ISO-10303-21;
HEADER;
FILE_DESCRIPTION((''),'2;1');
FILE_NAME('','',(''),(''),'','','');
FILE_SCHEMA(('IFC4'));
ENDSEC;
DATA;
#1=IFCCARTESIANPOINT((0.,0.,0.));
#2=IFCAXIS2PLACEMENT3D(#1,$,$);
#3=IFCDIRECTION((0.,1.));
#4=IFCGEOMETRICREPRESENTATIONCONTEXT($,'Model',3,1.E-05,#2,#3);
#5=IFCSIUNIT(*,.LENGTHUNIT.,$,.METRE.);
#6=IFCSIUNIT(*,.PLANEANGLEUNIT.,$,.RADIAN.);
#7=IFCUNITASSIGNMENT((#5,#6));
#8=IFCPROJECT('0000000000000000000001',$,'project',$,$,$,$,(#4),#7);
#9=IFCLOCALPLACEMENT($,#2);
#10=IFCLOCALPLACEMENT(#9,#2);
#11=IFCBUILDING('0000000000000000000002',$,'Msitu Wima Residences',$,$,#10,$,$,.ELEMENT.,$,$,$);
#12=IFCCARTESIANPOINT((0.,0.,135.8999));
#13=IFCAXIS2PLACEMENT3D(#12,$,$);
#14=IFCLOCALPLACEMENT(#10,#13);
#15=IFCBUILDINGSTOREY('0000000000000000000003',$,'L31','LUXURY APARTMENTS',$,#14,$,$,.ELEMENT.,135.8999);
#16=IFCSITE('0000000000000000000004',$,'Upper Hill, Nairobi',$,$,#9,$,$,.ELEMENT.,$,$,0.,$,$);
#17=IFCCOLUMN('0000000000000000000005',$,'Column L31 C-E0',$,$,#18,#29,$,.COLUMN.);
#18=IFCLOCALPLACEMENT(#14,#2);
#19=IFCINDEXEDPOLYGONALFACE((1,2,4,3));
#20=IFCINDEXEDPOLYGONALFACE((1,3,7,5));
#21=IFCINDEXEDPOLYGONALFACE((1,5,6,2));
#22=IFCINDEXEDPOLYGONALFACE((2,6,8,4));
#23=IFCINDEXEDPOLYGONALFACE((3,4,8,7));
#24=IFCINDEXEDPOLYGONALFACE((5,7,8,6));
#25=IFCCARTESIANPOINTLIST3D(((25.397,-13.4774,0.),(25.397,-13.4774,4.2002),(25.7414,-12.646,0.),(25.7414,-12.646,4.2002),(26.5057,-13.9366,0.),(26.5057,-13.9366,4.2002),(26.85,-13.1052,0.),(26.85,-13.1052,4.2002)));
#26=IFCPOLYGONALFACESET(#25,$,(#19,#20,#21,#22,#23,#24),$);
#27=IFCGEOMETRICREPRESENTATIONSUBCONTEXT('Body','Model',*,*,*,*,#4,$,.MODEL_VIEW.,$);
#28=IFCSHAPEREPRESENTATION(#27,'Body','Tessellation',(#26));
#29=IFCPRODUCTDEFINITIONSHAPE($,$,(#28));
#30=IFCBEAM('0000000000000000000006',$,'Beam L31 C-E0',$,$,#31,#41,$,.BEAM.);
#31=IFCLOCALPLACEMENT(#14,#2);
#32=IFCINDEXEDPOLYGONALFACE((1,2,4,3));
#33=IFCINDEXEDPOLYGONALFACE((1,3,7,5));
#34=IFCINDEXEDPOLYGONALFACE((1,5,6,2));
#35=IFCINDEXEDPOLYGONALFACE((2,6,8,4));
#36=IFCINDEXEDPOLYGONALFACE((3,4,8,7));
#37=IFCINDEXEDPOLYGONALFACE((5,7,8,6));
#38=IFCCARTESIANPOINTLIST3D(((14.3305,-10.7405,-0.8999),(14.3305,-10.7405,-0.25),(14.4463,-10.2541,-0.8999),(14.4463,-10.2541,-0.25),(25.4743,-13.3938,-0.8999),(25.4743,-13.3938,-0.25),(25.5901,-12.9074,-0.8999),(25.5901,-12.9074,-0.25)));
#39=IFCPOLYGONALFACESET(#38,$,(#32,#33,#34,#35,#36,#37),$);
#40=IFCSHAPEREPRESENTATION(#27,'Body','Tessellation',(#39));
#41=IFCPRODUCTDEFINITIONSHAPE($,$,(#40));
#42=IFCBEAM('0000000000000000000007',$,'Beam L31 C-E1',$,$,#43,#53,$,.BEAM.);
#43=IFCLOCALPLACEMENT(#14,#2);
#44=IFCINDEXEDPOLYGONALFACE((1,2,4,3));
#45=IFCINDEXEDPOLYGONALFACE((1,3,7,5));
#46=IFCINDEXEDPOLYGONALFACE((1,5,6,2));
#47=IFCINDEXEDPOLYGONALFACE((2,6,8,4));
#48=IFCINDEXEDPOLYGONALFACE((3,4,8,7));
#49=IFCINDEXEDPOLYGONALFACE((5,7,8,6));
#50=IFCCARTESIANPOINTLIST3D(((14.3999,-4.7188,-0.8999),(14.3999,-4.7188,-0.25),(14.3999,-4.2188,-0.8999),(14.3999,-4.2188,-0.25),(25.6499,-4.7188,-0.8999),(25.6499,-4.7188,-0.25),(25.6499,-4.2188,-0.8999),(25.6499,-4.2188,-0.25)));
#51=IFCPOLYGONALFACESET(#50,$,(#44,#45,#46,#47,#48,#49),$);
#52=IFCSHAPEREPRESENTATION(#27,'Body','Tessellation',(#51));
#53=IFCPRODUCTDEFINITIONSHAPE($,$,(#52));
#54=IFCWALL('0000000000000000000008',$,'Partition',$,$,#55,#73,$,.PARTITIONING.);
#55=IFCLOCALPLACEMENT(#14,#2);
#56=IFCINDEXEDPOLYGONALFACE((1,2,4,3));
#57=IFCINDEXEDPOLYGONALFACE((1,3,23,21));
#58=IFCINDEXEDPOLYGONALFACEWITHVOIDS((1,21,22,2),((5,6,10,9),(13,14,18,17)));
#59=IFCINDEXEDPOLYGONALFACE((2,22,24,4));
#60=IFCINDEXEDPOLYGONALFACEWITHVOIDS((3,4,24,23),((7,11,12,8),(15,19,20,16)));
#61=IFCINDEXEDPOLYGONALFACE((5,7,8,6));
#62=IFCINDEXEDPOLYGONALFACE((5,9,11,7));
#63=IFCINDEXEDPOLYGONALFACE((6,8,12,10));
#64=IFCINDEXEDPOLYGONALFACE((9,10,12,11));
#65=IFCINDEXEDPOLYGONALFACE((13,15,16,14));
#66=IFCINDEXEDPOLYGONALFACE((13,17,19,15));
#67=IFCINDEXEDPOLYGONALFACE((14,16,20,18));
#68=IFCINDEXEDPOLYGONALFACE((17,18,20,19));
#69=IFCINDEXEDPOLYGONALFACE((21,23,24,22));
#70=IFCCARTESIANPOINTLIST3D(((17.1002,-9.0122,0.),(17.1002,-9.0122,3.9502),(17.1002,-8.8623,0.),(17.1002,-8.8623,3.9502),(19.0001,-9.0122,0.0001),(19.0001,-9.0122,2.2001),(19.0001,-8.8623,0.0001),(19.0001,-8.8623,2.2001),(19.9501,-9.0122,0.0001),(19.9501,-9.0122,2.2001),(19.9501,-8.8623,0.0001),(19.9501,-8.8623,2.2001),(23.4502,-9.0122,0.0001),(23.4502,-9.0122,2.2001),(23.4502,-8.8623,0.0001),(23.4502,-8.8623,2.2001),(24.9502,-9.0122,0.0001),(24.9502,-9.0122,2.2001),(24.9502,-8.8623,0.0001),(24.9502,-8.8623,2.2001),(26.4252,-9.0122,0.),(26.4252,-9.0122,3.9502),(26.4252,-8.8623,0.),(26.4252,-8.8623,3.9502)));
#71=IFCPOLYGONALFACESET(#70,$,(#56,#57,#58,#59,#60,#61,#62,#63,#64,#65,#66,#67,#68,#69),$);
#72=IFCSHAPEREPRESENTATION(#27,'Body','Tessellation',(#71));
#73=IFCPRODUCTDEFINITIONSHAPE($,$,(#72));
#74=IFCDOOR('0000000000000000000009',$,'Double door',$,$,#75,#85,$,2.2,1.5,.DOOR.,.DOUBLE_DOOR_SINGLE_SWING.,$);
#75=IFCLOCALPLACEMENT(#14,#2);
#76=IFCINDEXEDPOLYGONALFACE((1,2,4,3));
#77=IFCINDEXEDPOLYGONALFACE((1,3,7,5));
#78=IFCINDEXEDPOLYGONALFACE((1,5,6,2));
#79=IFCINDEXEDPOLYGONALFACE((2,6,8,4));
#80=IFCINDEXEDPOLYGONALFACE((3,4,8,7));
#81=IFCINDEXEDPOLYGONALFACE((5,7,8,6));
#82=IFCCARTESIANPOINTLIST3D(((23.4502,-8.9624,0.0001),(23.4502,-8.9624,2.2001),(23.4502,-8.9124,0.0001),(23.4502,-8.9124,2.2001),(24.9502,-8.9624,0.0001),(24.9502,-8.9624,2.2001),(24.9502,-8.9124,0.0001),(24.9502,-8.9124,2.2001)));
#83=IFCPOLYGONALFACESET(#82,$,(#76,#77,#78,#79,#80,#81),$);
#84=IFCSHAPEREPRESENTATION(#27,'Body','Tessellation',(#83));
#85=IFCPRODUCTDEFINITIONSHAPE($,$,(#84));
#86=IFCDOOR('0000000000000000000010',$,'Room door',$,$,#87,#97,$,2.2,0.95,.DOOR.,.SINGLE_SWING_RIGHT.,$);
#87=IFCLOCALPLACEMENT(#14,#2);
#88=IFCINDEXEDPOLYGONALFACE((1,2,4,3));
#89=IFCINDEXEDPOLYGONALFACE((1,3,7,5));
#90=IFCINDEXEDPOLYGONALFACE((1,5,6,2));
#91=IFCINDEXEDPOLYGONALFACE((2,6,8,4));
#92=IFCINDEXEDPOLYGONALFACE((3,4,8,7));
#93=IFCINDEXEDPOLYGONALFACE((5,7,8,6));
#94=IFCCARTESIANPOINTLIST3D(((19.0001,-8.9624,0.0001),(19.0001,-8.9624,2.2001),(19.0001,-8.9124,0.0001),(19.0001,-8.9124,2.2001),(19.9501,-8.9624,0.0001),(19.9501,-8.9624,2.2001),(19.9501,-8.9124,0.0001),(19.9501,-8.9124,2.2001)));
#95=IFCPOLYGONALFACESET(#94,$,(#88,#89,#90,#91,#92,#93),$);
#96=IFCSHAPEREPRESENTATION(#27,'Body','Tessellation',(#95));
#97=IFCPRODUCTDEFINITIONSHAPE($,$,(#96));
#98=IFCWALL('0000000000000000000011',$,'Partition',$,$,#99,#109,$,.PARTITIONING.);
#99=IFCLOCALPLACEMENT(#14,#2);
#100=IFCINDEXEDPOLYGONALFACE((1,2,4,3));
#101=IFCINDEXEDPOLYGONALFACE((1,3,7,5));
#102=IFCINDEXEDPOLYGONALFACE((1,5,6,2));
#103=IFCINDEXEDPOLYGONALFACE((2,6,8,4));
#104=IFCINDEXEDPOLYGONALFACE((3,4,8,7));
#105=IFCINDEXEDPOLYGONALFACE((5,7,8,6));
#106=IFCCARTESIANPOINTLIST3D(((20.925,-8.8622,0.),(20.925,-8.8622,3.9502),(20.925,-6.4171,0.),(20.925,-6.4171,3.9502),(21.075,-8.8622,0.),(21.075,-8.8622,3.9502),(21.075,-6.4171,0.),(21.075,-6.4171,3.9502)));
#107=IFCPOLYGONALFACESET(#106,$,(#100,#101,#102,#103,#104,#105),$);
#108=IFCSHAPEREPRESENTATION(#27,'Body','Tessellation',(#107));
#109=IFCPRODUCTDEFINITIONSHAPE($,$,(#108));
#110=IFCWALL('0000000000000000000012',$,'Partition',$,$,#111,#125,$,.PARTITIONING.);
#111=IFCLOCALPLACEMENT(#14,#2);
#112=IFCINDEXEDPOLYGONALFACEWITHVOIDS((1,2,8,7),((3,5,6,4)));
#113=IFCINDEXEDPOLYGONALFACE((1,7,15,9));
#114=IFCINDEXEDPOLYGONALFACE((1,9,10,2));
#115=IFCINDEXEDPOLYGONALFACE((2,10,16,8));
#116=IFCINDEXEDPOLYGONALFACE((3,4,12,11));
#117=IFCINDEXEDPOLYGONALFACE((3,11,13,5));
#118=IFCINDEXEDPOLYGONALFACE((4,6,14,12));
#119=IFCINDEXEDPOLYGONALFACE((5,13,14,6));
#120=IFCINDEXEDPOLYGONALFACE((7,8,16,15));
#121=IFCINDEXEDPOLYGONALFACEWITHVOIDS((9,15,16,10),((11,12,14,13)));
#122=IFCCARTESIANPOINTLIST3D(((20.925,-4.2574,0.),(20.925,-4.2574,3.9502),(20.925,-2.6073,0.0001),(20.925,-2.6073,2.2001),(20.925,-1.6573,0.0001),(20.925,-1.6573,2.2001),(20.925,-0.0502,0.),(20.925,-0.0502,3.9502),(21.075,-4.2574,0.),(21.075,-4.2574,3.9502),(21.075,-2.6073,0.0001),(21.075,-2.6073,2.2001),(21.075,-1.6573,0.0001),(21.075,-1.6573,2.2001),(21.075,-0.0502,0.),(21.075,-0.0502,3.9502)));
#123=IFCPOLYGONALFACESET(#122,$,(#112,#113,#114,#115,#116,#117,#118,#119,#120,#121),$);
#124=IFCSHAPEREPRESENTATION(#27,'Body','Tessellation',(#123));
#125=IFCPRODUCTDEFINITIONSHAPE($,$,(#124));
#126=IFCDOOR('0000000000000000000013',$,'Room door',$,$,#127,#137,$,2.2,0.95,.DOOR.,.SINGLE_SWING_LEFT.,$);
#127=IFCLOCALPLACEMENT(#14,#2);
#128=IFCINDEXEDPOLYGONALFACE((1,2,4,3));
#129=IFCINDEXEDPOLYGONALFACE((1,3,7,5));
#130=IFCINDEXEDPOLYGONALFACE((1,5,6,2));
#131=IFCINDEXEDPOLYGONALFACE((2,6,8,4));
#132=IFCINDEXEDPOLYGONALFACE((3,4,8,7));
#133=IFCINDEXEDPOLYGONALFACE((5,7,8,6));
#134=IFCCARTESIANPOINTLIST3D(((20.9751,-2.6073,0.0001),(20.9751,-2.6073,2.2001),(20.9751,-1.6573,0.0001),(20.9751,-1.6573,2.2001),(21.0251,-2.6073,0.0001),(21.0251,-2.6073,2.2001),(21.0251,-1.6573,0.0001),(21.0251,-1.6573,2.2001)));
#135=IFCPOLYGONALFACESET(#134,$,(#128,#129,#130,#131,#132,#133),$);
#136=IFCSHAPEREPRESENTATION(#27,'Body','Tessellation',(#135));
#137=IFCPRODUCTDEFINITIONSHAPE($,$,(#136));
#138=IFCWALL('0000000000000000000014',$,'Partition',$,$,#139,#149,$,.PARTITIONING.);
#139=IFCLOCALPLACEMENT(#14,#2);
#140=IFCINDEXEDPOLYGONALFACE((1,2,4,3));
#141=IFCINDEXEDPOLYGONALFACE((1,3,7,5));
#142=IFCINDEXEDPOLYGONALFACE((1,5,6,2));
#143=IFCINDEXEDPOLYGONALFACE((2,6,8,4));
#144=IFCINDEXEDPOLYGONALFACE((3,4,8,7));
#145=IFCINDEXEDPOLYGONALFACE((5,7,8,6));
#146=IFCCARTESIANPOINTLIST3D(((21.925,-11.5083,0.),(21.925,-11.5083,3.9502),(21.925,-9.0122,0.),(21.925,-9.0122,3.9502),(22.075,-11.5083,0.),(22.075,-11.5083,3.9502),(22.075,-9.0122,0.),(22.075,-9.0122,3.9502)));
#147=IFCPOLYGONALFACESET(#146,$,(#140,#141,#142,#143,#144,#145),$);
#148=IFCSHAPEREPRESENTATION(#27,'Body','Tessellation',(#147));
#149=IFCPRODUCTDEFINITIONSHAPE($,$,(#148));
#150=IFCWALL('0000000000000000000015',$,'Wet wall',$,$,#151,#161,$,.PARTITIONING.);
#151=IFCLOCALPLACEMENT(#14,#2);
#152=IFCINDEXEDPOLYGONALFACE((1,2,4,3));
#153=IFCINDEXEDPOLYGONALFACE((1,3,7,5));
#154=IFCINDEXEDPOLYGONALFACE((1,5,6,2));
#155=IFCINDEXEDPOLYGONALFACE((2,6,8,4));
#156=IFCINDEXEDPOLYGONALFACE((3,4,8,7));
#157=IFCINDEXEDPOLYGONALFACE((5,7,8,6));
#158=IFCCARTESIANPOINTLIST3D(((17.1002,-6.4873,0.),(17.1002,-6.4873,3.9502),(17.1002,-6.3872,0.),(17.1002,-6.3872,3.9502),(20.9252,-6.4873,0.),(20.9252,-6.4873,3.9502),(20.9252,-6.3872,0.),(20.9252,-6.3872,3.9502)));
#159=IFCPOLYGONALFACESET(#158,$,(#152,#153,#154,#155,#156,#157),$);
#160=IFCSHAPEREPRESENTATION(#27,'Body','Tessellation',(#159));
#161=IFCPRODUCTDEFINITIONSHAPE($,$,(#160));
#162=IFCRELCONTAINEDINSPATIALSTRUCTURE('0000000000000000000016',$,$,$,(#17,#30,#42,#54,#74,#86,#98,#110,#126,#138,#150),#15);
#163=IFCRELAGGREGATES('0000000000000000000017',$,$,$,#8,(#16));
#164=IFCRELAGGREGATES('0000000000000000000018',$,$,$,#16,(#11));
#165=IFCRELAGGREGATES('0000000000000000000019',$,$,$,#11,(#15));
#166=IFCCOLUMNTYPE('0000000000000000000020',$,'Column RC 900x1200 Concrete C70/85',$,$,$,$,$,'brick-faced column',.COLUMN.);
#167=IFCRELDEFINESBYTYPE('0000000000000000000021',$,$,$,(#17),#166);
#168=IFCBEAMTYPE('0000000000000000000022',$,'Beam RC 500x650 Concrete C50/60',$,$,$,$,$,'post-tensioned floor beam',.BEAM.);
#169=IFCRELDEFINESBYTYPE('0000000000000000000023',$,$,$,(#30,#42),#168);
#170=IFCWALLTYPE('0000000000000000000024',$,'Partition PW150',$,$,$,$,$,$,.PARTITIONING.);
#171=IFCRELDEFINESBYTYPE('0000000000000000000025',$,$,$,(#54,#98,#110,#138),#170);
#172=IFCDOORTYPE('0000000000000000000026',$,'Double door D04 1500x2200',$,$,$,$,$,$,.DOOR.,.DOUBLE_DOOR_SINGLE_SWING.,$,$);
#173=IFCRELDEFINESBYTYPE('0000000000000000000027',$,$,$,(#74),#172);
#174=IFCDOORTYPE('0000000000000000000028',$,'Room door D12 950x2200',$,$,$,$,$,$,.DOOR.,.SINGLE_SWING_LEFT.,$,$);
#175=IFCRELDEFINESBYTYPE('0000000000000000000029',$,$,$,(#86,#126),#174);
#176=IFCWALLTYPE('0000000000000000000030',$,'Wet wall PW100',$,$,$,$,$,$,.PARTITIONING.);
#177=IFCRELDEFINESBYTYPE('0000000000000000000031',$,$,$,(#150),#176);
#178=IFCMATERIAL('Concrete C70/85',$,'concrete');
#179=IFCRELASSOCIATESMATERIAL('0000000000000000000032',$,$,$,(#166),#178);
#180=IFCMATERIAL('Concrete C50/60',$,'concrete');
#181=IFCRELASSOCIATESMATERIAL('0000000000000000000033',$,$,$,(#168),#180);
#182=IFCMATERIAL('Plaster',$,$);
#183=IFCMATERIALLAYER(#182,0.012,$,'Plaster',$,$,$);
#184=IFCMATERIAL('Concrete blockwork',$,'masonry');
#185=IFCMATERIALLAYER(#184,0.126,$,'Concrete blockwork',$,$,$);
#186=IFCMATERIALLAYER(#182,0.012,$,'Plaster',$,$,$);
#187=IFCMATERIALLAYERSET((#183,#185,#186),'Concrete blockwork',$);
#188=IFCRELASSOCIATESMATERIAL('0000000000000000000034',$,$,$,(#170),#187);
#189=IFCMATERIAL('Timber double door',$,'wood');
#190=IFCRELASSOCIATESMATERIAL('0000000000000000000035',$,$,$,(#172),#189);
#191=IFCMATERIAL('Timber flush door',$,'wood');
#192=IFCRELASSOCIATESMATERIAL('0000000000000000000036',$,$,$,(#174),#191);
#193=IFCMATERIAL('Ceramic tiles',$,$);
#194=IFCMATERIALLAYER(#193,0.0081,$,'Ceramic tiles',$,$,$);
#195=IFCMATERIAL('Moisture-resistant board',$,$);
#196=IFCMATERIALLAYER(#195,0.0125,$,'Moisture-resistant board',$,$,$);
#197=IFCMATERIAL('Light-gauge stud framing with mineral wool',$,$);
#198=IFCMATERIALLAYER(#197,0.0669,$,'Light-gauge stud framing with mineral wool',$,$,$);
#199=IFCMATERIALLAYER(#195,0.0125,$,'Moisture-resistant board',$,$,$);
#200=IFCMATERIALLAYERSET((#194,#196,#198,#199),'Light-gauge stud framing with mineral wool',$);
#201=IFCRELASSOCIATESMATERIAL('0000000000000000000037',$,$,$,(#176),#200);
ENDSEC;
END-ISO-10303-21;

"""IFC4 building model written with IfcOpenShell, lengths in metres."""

from ifc_helpers import new_model, si_unit, direction, frame, frame_2d, origin, origin_2d, place, context, subcontext, project, spatial, rectangle, extrude, material, layer, layer_set, material_profile, profile_set, type_object, element, fill, save


model = new_model("IFC4")

# Units and contexts
model_context = context("Model", 3, precision=1e-05, world=origin(), true_north=direction((0.0, 1.0)))
body_context = subcontext(model_context, "Body", "Model", "MODEL_VIEW")
ifc_project = project(units=[si_unit("LENGTHUNIT", "METRE"), si_unit("PLANEANGLEUNIT", "RADIAN")], contexts=[model_context])

# Site, building, storey
site_placement = place(None, origin())
site = spatial("IfcSite", under=ifc_project, at=site_placement, Name="Upper Hill, Nairobi", CompositionType="ELEMENT", RefElevation=0.0)
building_placement = place(site_placement, origin())
building = spatial("IfcBuilding", under=site, at=building_placement, Name="Msitu Wima Residences", CompositionType="ELEMENT")
storey_placement = place(building_placement, frame((0.0, 0.0, 135.8999)))
storey = spatial("IfcBuildingStorey", under=building, at=storey_placement, Name="L31", Description="LUXURY APARTMENTS", CompositionType="ELEMENT", Elevation=135.8999)

# Column
ifc_material_1 = material(Name="Concrete C70/85", Category="concrete")
ifc_material_profile_1 = material_profile(ifc_material_1, rectangle(XDim=0.8999, YDim=1.2, at=origin_2d()), Name="RC 900x1200")
ifc_profile_set_1 = profile_set([ifc_material_profile_1], Name="Concrete C70/85")
column_type = type_object("IfcColumnType", Name="Column RC 900x1200 Concrete C70/85", ElementType="brick-faced column", PredefinedType="COLUMN", material=ifc_profile_set_1)
column_placement = place(storey_placement, frame((26.1235, -13.2913, 0.0), z_axis=(0.0, 0.0, 1.0), x_axis=(0.382683, 0.92388, 0.0)))
element("IfcColumn", 1, at=column_placement, inside=storey, type_object=column_type, Name="Column L31 C-E0", PredefinedType="COLUMN", context=body_context, shape_type="SweptSolid", body=[
    extrude(rectangle(XDim=0.8999, YDim=1.2, at=origin_2d()), origin(), (0.0, 0.0, 1.0), 4.2002),
])

# Beams
ifc_material_2 = material(Name="Concrete C50/60", Category="concrete")
ifc_material_profile_2 = material_profile(ifc_material_2, rectangle(XDim=0.5, YDim=0.6499, at=origin_2d()), Name="RC 500x650")
ifc_profile_set_2 = profile_set([ifc_material_profile_2], Name="Concrete C50/60")
beam_type = type_object("IfcBeamType", Name="Beam RC 500x650 Concrete C50/60", ElementType="post-tensioned floor beam", PredefinedType="BEAM", material=ifc_profile_set_2)
beam_1_placement = place(storey_placement, frame((25.5322, -13.1506, -0.575), z_axis=(-0.972806, 0.231623, 0.0), x_axis=(-0.231623, -0.972806, 0.0)))
element("IfcBeam", 2, at=beam_1_placement, inside=storey, type_object=beam_type, Name="Beam L31 C-E0", PredefinedType="BEAM", context=body_context, shape_type="SweptSolid", body=[
    extrude(rectangle(XDim=0.5, YDim=0.6499, at=origin_2d()), origin(), (0.0, 0.0, 1.0), 11.4553),
])
beam_2_placement = place(storey_placement, frame((25.6499, -4.4688, -0.575), z_axis=(-1.0, 0.0, 0.0), x_axis=(0.0, -1.0, 0.0)))
element("IfcBeam", 3, at=beam_2_placement, inside=storey, type_object=beam_type, Name="Beam L31 C-E1", PredefinedType="BEAM", context=body_context, shape_type="SweptSolid", body=[
    extrude(rectangle(XDim=0.5, YDim=0.6499, at=origin_2d()), origin(), (0.0, 0.0, 1.0), 11.25),
])

# Wall, openings, doors
ifc_material_3 = material(Name="Plaster")
ifc_layer_1 = layer(ifc_material_3, 0.012, Name="Plaster")
ifc_material_4 = material(Name="Concrete blockwork", Category="masonry")
ifc_layer_2 = layer(ifc_material_4, 0.126, Name="Concrete blockwork")
ifc_layer_3 = layer(ifc_material_3, 0.012, Name="Plaster")
ifc_layer_set_1 = layer_set([ifc_layer_1, ifc_layer_2, ifc_layer_3], Name="Concrete blockwork")
wall_type_1 = type_object("IfcWallType", Name="Partition PW150", PredefinedType="PARTITIONING", material=ifc_layer_set_1)
wall_1_placement = place(storey_placement, frame((17.1001, -8.9373, 0.0), z_axis=(0.0, 0.0, 1.0), x_axis=(1.0, 0.0, 0.0)))
wall_1 = element("IfcWall", 4, at=wall_1_placement, inside=storey, type_object=wall_type_1, Name="Partition", PredefinedType="PARTITIONING", context=body_context, shape_type="SweptSolid", body=[
    extrude(rectangle(XDim=9.325, YDim=0.1499, at=frame_2d((4.6626, 0.0))), origin(), (0.0, 0.0, 1.0), 3.9502),
])
opening_1_placement = place(wall_1_placement, frame((6.3501, 0.0, 0.0)))
opening_1 = element("IfcOpeningElement", 5, at=opening_1_placement, cuts=wall_1, PredefinedType="OPENING", context=body_context, shape_type="SweptSolid", body=[
    extrude(rectangle(XDim=1.5, YDim=2.2, at=frame_2d((0.75, 1.1001))), frame((0.0, 0.085, 0.0), z_axis=(0.0, -1.0, 0.0), x_axis=(1.0, 0.0, 0.0)), (0.0, 0.0, 1.0), 0.1699),
])
opening_2_placement = place(wall_1_placement, frame((1.8999, 0.0, 0.0)))
opening_2 = element("IfcOpeningElement", 6, at=opening_2_placement, cuts=wall_1, PredefinedType="OPENING", context=body_context, shape_type="SweptSolid", body=[
    extrude(rectangle(XDim=0.95, YDim=2.2, at=frame_2d((0.4751, 1.1001))), frame((0.0, 0.085, 0.0), z_axis=(0.0, -1.0, 0.0), x_axis=(1.0, 0.0, 0.0)), (0.0, 0.0, 1.0), 0.1699),
])
ifc_material_5 = material(Name="Timber double door", Category="wood")
door_type_1 = type_object("IfcDoorType", Name="Double door D04 1500x2200", OperationType="DOUBLE_DOOR_SINGLE_SWING", PredefinedType="DOOR", material=ifc_material_5)
door_1_placement = place(opening_1_placement, origin())
door_1 = element("IfcDoor", 7, at=door_1_placement, inside=storey, type_object=door_type_1, Name="Double door", OperationType="DOUBLE_DOOR_SINGLE_SWING", OverallHeight=2.2, OverallWidth=1.5, PredefinedType="DOOR", context=body_context, shape_type="SweptSolid", body=[
    extrude(rectangle(XDim=1.5, YDim=2.2, at=frame_2d((0.75, 1.1001))), frame((0.0, 0.0249, 0.0), z_axis=(0.0, -1.0, 0.0), x_axis=(1.0, 0.0, 0.0)), (0.0, 0.0, 1.0), 0.05),
])
fill(opening_1, door_1)
ifc_material_6 = material(Name="Timber flush door", Category="wood")
door_type_2 = type_object("IfcDoorType", Name="Room door D12 950x2200", OperationType="SINGLE_SWING_LEFT", PredefinedType="DOOR", material=ifc_material_6)
door_2_placement = place(opening_2_placement, origin())
door_2 = element("IfcDoor", 8, at=door_2_placement, inside=storey, type_object=door_type_2, Name="Room door", OperationType="SINGLE_SWING_RIGHT", OverallHeight=2.2, OverallWidth=0.95, PredefinedType="DOOR", context=body_context, shape_type="SweptSolid", body=[
    extrude(rectangle(XDim=0.95, YDim=2.2, at=frame_2d((0.4751, 1.1001))), frame((0.0, 0.0249, 0.0), z_axis=(0.0, -1.0, 0.0), x_axis=(1.0, 0.0, 0.0)), (0.0, 0.0, 1.0), 0.05),
])
fill(opening_2, door_2)

# Wall
wall_2_placement = place(storey_placement, frame((21.0, -8.8623, 0.0), z_axis=(0.0, 0.0, 1.0), x_axis=(0.0, 1.0, 0.0)))
element("IfcWall", 9, at=wall_2_placement, inside=storey, type_object=wall_type_1, Name="Partition", PredefinedType="PARTITIONING", context=body_context, shape_type="SweptSolid", body=[
    extrude(rectangle(XDim=2.4451, YDim=0.1499, at=frame_2d((1.2227, 0.0))), origin(), (0.0, 0.0, 1.0), 3.9502),
])

# Wall, opening, door
wall_3_placement = place(storey_placement, frame((21.0, -4.2573, 0.0), z_axis=(0.0, 0.0, 1.0), x_axis=(0.0, 1.0, 0.0)))
wall_3 = element("IfcWall", 10, at=wall_3_placement, inside=storey, type_object=wall_type_1, Name="Partition", PredefinedType="PARTITIONING", context=body_context, shape_type="SweptSolid", body=[
    extrude(rectangle(XDim=4.2073, YDim=0.1499, at=frame_2d((2.1035, 0.0))), origin(), (0.0, 0.0, 1.0), 3.9502),
])
opening_3_placement = place(wall_3_placement, frame((1.6499, 0.0, 0.0)))
opening_3 = element("IfcOpeningElement", 11, at=opening_3_placement, cuts=wall_3, PredefinedType="OPENING", context=body_context, shape_type="SweptSolid", body=[
    extrude(rectangle(XDim=0.95, YDim=2.2, at=frame_2d((0.4751, 1.1001))), frame((0.0, 0.085, 0.0), z_axis=(0.0, -1.0, 0.0), x_axis=(1.0, 0.0, 0.0)), (0.0, 0.0, 1.0), 0.1699),
])
door_3_placement = place(opening_3_placement, origin())
door_3 = element("IfcDoor", 12, at=door_3_placement, inside=storey, type_object=door_type_2, Name="Room door", OperationType="SINGLE_SWING_LEFT", OverallHeight=2.2, OverallWidth=0.95, PredefinedType="DOOR", context=body_context, shape_type="SweptSolid", body=[
    extrude(rectangle(XDim=0.95, YDim=2.2, at=frame_2d((0.4751, 1.1001))), frame((0.0, 0.0249, 0.0), z_axis=(0.0, -1.0, 0.0), x_axis=(1.0, 0.0, 0.0)), (0.0, 0.0, 1.0), 0.05),
])
fill(opening_3, door_3)

# Walls
wall_4_placement = place(storey_placement, frame((22.0, -11.5083, 0.0), z_axis=(0.0, 0.0, 1.0), x_axis=(0.0, 1.0, 0.0)))
element("IfcWall", 13, at=wall_4_placement, inside=storey, type_object=wall_type_1, Name="Partition", PredefinedType="PARTITIONING", context=body_context, shape_type="SweptSolid", body=[
    extrude(rectangle(XDim=2.4961, YDim=0.1499, at=frame_2d((1.248, 0.0))), origin(), (0.0, 0.0, 1.0), 3.9502),
])
ifc_material_7 = material(Name="Ceramic tiles")
ifc_layer_4 = layer(ifc_material_7, 0.0081, Name="Ceramic tiles")
ifc_material_8 = material(Name="Moisture-resistant board")
ifc_layer_5 = layer(ifc_material_8, 0.0125, Name="Moisture-resistant board")
ifc_material_9 = material(Name="Light-gauge stud framing with mineral wool")
ifc_layer_6 = layer(ifc_material_9, 0.0669, Name="Light-gauge stud framing with mineral wool")
ifc_layer_7 = layer(ifc_material_8, 0.0125, Name="Moisture-resistant board")
ifc_layer_set_2 = layer_set([ifc_layer_4, ifc_layer_5, ifc_layer_6, ifc_layer_7], Name="Light-gauge stud framing with mineral wool")
wall_type_2 = type_object("IfcWallType", Name="Wet wall PW100", PredefinedType="PARTITIONING", material=ifc_layer_set_2)
wall_5_placement = place(storey_placement, frame((17.1001, -6.4373, 0.0), z_axis=(0.0, 0.0, 1.0), x_axis=(1.0, 0.0, 0.0)))
element("IfcWall", 14, at=wall_5_placement, inside=storey, type_object=wall_type_2, Name="Wet wall", PredefinedType="PARTITIONING", context=body_context, shape_type="SweptSolid", body=[
    extrude(rectangle(XDim=3.825, YDim=0.1001, at=frame_2d((1.9126, 0.0))), origin(), (0.0, 0.0, 1.0), 3.9502),
])

save(model, "model.ifc")
